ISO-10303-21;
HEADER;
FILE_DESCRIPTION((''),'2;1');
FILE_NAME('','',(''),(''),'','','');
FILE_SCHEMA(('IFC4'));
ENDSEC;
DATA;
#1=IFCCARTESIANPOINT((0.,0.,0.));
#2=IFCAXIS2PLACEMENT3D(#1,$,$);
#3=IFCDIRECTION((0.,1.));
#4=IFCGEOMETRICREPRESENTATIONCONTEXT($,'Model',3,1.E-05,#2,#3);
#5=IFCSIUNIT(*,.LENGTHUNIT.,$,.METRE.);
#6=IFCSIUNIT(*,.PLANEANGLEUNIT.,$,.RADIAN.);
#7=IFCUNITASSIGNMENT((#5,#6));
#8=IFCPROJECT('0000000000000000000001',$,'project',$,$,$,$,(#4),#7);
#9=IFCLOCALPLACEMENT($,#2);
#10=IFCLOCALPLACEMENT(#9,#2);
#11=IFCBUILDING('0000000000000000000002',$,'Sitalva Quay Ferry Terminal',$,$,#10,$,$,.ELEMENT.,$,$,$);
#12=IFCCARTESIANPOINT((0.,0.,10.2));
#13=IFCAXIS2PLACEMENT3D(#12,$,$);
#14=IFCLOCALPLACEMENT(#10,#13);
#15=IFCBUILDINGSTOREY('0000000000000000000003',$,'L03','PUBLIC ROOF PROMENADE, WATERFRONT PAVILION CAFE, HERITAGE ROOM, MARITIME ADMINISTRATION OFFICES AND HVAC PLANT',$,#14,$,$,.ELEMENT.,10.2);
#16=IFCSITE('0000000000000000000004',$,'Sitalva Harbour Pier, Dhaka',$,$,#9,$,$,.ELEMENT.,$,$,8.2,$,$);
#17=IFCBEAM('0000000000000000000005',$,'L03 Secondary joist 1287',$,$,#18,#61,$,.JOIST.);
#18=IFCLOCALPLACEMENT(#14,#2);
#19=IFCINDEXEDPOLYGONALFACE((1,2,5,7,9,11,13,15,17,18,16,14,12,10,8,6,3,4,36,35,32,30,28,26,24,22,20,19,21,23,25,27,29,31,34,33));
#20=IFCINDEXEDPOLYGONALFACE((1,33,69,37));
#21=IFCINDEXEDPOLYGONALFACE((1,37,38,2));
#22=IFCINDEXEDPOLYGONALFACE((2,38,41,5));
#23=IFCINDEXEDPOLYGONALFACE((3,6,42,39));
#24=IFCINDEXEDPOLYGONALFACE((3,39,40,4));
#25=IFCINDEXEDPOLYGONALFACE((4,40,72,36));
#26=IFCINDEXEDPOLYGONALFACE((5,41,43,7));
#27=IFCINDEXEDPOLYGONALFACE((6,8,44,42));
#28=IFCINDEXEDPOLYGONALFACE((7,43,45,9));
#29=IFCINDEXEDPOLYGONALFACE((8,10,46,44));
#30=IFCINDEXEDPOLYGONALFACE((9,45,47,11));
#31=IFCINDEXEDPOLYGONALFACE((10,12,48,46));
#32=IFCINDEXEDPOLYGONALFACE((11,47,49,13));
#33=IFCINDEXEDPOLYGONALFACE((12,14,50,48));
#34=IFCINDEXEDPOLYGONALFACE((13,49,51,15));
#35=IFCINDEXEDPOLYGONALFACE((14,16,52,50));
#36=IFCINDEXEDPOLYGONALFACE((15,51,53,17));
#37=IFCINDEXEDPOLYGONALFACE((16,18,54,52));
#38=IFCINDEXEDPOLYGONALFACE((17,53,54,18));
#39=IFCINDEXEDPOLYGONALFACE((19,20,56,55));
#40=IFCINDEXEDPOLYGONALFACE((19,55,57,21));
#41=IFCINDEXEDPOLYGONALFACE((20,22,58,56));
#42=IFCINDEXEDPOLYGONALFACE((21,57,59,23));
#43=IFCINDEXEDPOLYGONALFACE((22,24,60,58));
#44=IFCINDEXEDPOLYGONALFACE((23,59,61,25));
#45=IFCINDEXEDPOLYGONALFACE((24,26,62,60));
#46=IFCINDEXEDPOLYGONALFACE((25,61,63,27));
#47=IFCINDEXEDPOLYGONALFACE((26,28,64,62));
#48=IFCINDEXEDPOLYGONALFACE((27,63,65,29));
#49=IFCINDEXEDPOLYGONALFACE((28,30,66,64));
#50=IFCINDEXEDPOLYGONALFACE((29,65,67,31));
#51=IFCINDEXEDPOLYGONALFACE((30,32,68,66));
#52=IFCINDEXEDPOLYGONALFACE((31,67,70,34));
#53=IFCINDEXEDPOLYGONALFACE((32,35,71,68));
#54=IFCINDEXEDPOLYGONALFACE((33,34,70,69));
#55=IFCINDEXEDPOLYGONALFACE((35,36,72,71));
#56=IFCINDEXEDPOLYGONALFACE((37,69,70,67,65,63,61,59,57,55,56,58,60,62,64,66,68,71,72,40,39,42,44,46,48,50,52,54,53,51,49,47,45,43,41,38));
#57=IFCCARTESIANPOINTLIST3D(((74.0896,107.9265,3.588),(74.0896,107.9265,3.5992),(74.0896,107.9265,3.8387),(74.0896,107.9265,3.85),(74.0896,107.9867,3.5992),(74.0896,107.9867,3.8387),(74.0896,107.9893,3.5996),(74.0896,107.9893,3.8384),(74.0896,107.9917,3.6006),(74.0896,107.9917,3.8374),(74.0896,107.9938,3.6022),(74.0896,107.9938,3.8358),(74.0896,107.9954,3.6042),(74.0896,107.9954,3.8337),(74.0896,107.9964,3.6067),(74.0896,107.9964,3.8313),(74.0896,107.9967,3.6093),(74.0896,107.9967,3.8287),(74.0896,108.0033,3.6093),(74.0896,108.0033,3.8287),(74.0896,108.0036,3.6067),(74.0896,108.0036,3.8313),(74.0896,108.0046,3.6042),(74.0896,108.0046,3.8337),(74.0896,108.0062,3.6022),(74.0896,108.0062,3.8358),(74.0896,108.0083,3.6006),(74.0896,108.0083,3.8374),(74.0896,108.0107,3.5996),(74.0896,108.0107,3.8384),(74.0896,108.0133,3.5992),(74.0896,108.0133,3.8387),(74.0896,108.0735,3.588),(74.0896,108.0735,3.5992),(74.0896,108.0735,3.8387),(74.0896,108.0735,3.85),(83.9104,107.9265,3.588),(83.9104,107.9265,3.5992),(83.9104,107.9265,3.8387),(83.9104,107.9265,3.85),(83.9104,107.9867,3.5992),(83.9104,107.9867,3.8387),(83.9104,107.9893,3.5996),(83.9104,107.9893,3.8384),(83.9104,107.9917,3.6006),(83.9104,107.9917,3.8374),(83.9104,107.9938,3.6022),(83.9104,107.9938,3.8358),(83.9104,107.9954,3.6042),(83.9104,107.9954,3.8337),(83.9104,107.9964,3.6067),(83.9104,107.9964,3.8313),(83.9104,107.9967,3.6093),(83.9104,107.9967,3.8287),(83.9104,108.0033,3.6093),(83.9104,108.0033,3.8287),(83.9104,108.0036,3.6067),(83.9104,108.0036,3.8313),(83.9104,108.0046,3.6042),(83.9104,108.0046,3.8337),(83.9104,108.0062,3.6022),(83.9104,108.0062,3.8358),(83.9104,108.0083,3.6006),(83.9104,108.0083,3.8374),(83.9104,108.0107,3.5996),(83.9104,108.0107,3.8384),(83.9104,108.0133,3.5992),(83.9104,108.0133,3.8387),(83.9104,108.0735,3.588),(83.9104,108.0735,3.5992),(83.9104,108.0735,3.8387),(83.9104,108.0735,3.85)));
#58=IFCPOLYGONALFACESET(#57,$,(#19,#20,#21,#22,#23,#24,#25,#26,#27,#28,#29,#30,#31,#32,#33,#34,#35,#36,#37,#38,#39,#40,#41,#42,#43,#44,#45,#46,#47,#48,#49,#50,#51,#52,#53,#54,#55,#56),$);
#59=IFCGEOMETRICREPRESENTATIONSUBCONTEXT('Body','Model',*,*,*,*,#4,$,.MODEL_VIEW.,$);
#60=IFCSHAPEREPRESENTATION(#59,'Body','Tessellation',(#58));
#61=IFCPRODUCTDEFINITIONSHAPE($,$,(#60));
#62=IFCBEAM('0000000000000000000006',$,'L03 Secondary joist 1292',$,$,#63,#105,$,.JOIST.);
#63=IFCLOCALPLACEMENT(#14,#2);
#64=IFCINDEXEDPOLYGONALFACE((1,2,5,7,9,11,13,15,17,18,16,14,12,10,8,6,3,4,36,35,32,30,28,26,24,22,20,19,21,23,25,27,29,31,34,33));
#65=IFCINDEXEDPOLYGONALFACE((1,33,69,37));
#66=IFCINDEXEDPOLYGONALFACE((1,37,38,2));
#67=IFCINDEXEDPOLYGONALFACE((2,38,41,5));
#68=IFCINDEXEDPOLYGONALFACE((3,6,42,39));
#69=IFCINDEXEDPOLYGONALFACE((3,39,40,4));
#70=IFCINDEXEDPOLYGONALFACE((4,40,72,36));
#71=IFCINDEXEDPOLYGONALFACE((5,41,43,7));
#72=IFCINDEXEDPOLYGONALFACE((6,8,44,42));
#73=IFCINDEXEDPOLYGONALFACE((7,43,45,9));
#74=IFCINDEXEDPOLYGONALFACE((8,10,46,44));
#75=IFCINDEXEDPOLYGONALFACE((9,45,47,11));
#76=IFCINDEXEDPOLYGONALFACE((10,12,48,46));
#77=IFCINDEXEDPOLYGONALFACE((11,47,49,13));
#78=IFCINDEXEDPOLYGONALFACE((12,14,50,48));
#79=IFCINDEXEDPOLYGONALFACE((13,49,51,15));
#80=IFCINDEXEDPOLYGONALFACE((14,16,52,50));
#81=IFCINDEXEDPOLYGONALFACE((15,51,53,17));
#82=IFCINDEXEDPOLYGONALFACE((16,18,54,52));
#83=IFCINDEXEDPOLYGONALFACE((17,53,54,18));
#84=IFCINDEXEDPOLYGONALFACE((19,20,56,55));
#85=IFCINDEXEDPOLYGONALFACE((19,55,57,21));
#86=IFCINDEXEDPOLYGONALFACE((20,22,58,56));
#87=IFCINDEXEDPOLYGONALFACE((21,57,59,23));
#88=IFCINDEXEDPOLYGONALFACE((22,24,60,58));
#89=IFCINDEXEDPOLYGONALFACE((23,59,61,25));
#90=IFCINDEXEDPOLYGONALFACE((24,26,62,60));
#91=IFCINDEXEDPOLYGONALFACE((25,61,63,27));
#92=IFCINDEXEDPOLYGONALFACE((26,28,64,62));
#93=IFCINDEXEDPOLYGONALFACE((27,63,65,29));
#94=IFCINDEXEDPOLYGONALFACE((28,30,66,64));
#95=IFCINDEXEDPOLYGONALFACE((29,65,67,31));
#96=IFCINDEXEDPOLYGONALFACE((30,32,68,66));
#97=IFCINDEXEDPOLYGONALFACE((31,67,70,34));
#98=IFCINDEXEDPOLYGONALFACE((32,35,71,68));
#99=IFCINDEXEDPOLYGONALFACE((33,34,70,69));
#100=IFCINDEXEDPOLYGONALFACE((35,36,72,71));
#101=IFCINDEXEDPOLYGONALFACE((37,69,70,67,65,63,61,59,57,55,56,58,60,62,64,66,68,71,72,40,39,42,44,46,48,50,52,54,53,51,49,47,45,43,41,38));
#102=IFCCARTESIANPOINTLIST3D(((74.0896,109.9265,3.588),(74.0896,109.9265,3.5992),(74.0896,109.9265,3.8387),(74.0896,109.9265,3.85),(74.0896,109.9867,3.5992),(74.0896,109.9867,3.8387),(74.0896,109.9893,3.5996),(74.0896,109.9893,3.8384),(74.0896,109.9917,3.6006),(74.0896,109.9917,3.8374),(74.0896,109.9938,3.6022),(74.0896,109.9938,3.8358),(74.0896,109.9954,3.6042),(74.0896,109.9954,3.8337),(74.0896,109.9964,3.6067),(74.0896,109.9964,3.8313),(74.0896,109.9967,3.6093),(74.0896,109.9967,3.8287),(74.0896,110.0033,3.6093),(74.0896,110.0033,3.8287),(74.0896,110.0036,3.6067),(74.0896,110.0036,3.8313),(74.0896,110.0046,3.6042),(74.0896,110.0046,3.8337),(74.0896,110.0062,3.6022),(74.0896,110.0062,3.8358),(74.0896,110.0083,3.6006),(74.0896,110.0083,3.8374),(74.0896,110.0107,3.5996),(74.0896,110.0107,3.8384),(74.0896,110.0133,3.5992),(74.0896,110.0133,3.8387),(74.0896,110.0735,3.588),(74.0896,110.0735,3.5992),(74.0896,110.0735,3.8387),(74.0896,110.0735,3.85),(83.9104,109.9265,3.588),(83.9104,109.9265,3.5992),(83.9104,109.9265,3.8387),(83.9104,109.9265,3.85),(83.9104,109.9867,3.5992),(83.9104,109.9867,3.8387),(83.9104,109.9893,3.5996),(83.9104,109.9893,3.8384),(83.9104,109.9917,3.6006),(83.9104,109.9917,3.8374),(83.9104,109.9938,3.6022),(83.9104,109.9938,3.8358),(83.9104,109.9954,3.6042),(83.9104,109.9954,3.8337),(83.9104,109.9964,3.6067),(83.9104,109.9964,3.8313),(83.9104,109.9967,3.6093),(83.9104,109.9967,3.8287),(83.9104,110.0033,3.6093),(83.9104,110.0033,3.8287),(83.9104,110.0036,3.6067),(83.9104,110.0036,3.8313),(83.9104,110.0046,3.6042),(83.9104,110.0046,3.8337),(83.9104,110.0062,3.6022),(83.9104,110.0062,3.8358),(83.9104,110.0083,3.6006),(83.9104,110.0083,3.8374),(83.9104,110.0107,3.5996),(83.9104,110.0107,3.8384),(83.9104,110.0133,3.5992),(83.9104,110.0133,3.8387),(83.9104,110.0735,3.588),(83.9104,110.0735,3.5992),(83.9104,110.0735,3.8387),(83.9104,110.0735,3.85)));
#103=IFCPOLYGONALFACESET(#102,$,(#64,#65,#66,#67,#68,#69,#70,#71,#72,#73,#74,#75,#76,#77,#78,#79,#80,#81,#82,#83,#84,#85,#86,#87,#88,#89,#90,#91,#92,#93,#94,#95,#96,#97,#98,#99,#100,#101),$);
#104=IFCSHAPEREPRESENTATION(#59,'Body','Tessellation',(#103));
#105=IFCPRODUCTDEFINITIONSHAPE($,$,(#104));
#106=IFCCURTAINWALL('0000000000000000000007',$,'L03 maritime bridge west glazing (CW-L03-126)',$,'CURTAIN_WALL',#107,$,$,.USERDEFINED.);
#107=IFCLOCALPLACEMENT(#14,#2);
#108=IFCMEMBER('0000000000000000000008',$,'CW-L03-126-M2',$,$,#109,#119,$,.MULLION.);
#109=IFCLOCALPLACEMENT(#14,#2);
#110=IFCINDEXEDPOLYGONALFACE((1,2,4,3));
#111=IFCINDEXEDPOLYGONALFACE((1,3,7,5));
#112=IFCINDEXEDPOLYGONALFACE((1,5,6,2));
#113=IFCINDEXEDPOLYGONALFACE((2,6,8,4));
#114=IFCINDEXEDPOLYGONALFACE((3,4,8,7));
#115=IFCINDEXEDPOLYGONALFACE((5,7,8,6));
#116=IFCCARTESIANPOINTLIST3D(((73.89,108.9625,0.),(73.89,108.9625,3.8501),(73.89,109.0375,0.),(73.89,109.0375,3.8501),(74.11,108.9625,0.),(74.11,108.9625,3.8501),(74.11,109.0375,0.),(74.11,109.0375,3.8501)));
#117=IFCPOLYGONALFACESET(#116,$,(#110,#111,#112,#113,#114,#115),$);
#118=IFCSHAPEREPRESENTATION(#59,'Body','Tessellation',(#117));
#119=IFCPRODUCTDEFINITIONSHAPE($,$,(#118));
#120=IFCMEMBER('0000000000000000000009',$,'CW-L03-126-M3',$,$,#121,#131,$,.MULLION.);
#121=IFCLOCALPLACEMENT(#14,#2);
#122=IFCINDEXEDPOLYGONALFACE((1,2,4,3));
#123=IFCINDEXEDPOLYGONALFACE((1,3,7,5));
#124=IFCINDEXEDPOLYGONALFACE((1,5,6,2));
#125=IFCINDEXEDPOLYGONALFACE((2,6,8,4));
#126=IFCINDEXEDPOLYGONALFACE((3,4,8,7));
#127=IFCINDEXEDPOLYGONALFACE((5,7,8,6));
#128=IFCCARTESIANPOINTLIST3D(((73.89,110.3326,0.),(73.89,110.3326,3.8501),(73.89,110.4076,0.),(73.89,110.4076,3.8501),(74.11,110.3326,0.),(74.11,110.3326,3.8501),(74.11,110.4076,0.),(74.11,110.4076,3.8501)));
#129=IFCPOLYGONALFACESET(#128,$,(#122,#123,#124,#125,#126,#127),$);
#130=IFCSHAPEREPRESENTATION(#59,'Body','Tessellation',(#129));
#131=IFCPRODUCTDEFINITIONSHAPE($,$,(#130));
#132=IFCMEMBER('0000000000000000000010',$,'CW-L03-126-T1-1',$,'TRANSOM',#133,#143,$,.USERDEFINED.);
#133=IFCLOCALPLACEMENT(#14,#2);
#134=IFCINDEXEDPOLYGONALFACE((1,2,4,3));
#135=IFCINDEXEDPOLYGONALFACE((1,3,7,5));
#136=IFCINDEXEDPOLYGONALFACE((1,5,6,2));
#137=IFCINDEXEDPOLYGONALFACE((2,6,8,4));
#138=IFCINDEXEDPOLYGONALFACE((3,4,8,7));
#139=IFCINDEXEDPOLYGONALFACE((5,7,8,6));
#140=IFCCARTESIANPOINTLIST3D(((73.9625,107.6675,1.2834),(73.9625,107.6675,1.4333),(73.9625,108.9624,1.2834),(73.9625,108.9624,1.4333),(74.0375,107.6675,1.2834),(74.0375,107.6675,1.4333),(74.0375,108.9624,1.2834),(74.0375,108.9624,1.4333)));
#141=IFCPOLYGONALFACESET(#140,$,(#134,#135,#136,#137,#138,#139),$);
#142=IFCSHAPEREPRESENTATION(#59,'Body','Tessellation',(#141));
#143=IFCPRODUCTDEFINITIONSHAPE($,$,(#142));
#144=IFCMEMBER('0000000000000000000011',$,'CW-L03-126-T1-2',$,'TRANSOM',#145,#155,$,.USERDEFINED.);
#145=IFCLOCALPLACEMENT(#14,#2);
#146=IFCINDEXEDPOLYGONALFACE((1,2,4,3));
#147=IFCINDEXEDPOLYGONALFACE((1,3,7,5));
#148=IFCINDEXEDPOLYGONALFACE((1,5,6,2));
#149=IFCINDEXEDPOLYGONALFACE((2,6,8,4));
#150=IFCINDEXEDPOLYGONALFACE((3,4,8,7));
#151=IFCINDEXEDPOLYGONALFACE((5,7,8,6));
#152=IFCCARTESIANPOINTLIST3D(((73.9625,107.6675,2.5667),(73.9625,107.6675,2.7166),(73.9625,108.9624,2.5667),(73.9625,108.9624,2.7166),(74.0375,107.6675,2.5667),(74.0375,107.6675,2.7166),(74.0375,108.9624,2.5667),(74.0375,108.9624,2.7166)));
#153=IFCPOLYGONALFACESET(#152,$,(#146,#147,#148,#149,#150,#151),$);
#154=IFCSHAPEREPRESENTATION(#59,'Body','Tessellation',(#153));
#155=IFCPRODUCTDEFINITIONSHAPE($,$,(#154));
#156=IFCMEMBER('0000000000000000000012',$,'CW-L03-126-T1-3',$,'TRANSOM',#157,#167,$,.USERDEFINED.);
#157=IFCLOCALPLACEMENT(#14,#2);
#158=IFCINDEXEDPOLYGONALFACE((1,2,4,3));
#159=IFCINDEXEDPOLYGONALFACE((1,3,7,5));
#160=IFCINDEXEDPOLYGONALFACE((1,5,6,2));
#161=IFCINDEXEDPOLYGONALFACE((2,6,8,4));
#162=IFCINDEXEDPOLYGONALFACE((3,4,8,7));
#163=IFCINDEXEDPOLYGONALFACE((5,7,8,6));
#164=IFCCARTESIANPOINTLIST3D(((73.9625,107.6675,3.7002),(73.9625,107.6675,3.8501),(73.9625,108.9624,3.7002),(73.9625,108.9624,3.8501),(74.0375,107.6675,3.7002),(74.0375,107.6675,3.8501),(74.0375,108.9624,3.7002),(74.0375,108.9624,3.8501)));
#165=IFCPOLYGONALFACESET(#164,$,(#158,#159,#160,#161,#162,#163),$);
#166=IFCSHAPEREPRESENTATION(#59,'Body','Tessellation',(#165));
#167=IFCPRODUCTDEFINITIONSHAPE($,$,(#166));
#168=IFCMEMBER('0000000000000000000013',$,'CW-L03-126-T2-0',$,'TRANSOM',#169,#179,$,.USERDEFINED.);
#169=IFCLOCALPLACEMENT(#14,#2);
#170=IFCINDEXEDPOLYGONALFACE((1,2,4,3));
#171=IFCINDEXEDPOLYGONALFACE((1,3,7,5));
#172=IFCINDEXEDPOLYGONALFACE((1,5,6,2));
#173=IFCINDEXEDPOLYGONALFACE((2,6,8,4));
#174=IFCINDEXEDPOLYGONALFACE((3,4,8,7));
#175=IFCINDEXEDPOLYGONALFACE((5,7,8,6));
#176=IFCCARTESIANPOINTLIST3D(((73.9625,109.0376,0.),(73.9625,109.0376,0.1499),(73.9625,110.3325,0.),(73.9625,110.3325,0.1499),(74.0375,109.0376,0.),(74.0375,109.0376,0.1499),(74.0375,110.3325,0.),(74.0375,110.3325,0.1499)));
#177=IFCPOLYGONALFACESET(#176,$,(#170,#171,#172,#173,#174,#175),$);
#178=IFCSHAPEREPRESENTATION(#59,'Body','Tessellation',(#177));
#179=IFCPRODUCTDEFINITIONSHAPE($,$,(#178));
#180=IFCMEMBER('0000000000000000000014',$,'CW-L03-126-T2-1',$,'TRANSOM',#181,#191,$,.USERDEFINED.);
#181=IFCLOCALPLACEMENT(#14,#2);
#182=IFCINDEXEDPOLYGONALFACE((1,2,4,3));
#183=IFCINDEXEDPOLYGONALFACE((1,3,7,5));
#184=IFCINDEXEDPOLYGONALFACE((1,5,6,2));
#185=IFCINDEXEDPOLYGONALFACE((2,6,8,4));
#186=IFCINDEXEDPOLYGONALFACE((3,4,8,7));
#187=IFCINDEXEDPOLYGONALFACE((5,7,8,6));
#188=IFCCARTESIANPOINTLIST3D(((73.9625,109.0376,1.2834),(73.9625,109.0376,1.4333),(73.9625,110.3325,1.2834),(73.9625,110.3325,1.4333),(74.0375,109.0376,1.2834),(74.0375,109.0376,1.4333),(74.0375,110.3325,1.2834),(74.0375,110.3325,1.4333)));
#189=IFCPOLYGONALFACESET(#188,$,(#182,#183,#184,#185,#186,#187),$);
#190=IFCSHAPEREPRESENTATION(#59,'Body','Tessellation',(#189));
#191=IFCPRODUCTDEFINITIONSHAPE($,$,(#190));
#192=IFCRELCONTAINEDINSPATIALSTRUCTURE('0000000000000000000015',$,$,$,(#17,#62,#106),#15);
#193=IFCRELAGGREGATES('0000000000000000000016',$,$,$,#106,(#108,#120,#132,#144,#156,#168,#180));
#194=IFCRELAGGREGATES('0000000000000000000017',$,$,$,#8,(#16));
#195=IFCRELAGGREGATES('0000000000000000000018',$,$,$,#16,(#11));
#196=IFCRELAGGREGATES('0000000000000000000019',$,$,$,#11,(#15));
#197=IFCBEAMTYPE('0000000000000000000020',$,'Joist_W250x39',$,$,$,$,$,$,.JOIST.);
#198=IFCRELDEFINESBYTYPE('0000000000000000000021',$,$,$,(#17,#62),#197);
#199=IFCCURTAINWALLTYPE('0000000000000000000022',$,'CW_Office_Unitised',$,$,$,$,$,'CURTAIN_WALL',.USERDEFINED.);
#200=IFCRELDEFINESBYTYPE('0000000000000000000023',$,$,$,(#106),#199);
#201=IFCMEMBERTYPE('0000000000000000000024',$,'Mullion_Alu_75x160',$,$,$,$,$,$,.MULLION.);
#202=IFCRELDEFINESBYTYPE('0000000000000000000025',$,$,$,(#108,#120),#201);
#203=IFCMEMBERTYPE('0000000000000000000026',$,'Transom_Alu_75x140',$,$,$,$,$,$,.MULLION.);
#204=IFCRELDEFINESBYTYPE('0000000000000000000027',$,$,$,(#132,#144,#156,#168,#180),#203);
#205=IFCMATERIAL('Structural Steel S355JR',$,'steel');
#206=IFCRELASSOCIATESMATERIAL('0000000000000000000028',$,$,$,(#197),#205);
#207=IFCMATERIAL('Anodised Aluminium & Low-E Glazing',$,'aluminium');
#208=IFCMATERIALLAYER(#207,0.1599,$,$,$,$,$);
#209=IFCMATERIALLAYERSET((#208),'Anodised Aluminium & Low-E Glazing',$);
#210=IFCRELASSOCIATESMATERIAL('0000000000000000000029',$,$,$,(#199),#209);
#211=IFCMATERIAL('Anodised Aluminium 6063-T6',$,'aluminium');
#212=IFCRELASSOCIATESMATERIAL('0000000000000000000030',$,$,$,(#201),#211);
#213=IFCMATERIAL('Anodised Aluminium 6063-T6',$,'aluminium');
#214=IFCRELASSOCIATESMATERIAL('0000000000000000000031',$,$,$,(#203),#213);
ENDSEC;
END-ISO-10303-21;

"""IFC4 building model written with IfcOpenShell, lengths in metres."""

from ifc_helpers import new_model, si_unit, direction, frame, origin, origin_2d, place, context, subcontext, project, spatial, rectangle, i_section, extrude, material, layer, layer_set, material_profile, profile_set, type_object, element, aggregate, save


model = new_model("IFC4")

# Units and contexts
model_context = context("Model", 3, precision=1e-05, world=origin(), true_north=direction((0.0, 1.0)))
body_context = subcontext(model_context, "Body", "Model", "MODEL_VIEW")
ifc_project = project(units=[si_unit("LENGTHUNIT", "METRE"), si_unit("PLANEANGLEUNIT", "RADIAN")], contexts=[model_context])

# Site, building, storey
site_placement = place(None, origin())
site = spatial("IfcSite", under=ifc_project, at=site_placement, Name="Sitalva Harbour Pier, Dhaka", CompositionType="ELEMENT", RefElevation=8.2)
building_placement = place(site_placement, origin())
building = spatial("IfcBuilding", under=site, at=building_placement, Name="Sitalva Quay Ferry Terminal", CompositionType="ELEMENT")
storey_placement = place(building_placement, frame((0.0, 0.0, 10.2)))
storey = spatial("IfcBuildingStorey", under=building, at=storey_placement, Name="L03", Description="PUBLIC ROOF PROMENADE, WATERFRONT PAVILION CAFE, HERITAGE ROOM, MARITIME ADMINISTRATION OFFICES AND HVAC PLANT", CompositionType="ELEMENT", Elevation=10.2)

# Beams
ifc_material_1 = material(Name="Structural Steel S355JR", Category="steel")
ifc_material_profile_1 = material_profile(ifc_material_1, i_section(OverallWidth=0.147, OverallDepth=0.262, WebThickness=0.0066, FlangeThickness=0.0112, FilletRadius=0.01, at=origin_2d()), Name="W250x39")
ifc_profile_set_1 = profile_set([ifc_material_profile_1], Name="Structural Steel S355JR")
beam_type = type_object("IfcBeamType", Name="Joist_W250x39", PredefinedType="JOIST", material=ifc_profile_set_1)
for number, where, z_axis, x_axis, name in (
    (1, (74.0896, 108.0, 3.719), (1.0, 0.0, 0.0), (0.0, 1.0, 0.0), "L03 Secondary joist 1287"),
    (2, (74.0896, 110.0, 3.719), (1.0, 0.0, 0.0), (0.0, 1.0, 0.0), "L03 Secondary joist 1292"),
):
    element("IfcBeam", number, at=place(storey_placement, frame(where, z_axis=z_axis, x_axis=x_axis)), inside=storey, type_object=beam_type, Name=name, PredefinedType="JOIST", context=body_context, shape_type="SweptSolid", body=[
        extrude(i_section(OverallWidth=0.147, OverallDepth=0.262, WebThickness=0.0066, FlangeThickness=0.0112, FilletRadius=0.01, at=origin_2d()), origin(), (0.0, 0.0, 1.0), 9.8208),
    ])

# Curtain wall, members
ifc_material_2 = material(Name="Anodised Aluminium & Low-E Glazing", Category="aluminium")
ifc_layer_1 = layer(ifc_material_2, 0.1599)
ifc_layer_set_1 = layer_set([ifc_layer_1], Name="Anodised Aluminium & Low-E Glazing")
curtain_wall_type = type_object("IfcCurtainWallType", Name="CW_Office_Unitised", ElementType="CURTAIN_WALL", PredefinedType="USERDEFINED", material=ifc_layer_set_1)
curtain_wall_placement = place(storey_placement, origin())
curtain_wall = element("IfcCurtainWall", 3, at=curtain_wall_placement, inside=storey, type_object=curtain_wall_type, Name="L03 maritime bridge west glazing (CW-L03-126)", ObjectType="CURTAIN_WALL", PredefinedType="USERDEFINED")
ifc_material_3 = material(Name="Anodised Aluminium 6063-T6", Category="aluminium")
ifc_material_profile_2 = material_profile(ifc_material_3, rectangle(XDim=0.075, YDim=0.22, at=origin_2d()), Name="ALU75x220")
ifc_profile_set_2 = profile_set([ifc_material_profile_2], Name="Anodised Aluminium 6063-T6")
member_type_1 = type_object("IfcMemberType", Name="Mullion_Alu_75x160", PredefinedType="MULLION", material=ifc_profile_set_2)
member_1_placement = place(storey_placement, frame((74.0, 109.0, 0.0), z_axis=(0.0, 0.0, 1.0), x_axis=(0.0, 1.0, 0.0)))
member_1 = element("IfcMember", 4, at=member_1_placement, type_object=member_type_1, Name="CW-L03-126-M2", PredefinedType="MULLION", context=body_context, shape_type="SweptSolid", body=[
    extrude(rectangle(XDim=0.075, YDim=0.22, at=origin_2d()), origin(), (0.0, 0.0, 1.0), 3.8501),
])
member_2_placement = place(storey_placement, frame((74.0, 110.3701, 0.0), z_axis=(0.0, 0.0, 1.0), x_axis=(0.0, 1.0, 0.0)))
member_2 = element("IfcMember", 5, at=member_2_placement, type_object=member_type_1, Name="CW-L03-126-M3", PredefinedType="MULLION", context=body_context, shape_type="SweptSolid", body=[
    extrude(rectangle(XDim=0.075, YDim=0.22, at=origin_2d()), origin(), (0.0, 0.0, 1.0), 3.8501),
])
ifc_material_4 = material(Name="Anodised Aluminium 6063-T6", Category="aluminium")
ifc_material_profile_3 = material_profile(ifc_material_4, rectangle(XDim=0.075, YDim=0.1499, at=origin_2d()), Name="ALU75x150")
ifc_profile_set_3 = profile_set([ifc_material_profile_3], Name="Anodised Aluminium 6063-T6")
member_type_2 = type_object("IfcMemberType", Name="Transom_Alu_75x140", PredefinedType="MULLION", material=ifc_profile_set_3)
member_3_placement = place(storey_placement, frame((74.0, 107.6675, 1.3584), z_axis=(0.0, 1.0, 0.0), x_axis=(-1.0, 0.0, 0.0)))
member_3 = element("IfcMember", 6, at=member_3_placement, type_object=member_type_2, Name="CW-L03-126-T1-1", ObjectType="TRANSOM", PredefinedType="USERDEFINED", context=body_context, shape_type="SweptSolid", body=[
    extrude(rectangle(XDim=0.075, YDim=0.1499, at=origin_2d()), origin(), (0.0, 0.0, 1.0), 1.2949),
])
member_4_placement = place(storey_placement, frame((74.0, 107.6675, 2.6416), z_axis=(0.0, 1.0, 0.0), x_axis=(-1.0, 0.0, 0.0)))
member_4 = element("IfcMember", 7, at=member_4_placement, type_object=member_type_2, Name="CW-L03-126-T1-2", ObjectType="TRANSOM", PredefinedType="USERDEFINED", context=body_context, shape_type="SweptSolid", body=[
    extrude(rectangle(XDim=0.075, YDim=0.1499, at=origin_2d()), origin(), (0.0, 0.0, 1.0), 1.2949),
])
member_5_placement = place(storey_placement, frame((74.0, 107.6675, 3.7751), z_axis=(0.0, 1.0, 0.0), x_axis=(-1.0, 0.0, 0.0)))
member_5 = element("IfcMember", 8, at=member_5_placement, type_object=member_type_2, Name="CW-L03-126-T1-3", ObjectType="TRANSOM", PredefinedType="USERDEFINED", context=body_context, shape_type="SweptSolid", body=[
    extrude(rectangle(XDim=0.075, YDim=0.1499, at=origin_2d()), origin(), (0.0, 0.0, 1.0), 1.2949),
])
member_6_placement = place(storey_placement, frame((74.0, 109.0376, 0.075), z_axis=(0.0, 1.0, 0.0), x_axis=(-1.0, 0.0, 0.0)))
member_6 = element("IfcMember", 9, at=member_6_placement, type_object=member_type_2, Name="CW-L03-126-T2-0", ObjectType="TRANSOM", PredefinedType="USERDEFINED", context=body_context, shape_type="SweptSolid", body=[
    extrude(rectangle(XDim=0.075, YDim=0.1499, at=origin_2d()), origin(), (0.0, 0.0, 1.0), 1.2949),
])
member_7_placement = place(storey_placement, frame((74.0, 109.0376, 1.3584), z_axis=(0.0, 1.0, 0.0), x_axis=(-1.0, 0.0, 0.0)))
member_7 = element("IfcMember", 10, at=member_7_placement, type_object=member_type_2, Name="CW-L03-126-T2-1", ObjectType="TRANSOM", PredefinedType="USERDEFINED", context=body_context, shape_type="SweptSolid", body=[
    extrude(rectangle(XDim=0.075, YDim=0.1499, at=origin_2d()), origin(), (0.0, 0.0, 1.0), 1.2949),
])
aggregate(curtain_wall, [member_1, member_2, member_3, member_4, member_5, member_6, member_7])

save(model, "model.ifc")
